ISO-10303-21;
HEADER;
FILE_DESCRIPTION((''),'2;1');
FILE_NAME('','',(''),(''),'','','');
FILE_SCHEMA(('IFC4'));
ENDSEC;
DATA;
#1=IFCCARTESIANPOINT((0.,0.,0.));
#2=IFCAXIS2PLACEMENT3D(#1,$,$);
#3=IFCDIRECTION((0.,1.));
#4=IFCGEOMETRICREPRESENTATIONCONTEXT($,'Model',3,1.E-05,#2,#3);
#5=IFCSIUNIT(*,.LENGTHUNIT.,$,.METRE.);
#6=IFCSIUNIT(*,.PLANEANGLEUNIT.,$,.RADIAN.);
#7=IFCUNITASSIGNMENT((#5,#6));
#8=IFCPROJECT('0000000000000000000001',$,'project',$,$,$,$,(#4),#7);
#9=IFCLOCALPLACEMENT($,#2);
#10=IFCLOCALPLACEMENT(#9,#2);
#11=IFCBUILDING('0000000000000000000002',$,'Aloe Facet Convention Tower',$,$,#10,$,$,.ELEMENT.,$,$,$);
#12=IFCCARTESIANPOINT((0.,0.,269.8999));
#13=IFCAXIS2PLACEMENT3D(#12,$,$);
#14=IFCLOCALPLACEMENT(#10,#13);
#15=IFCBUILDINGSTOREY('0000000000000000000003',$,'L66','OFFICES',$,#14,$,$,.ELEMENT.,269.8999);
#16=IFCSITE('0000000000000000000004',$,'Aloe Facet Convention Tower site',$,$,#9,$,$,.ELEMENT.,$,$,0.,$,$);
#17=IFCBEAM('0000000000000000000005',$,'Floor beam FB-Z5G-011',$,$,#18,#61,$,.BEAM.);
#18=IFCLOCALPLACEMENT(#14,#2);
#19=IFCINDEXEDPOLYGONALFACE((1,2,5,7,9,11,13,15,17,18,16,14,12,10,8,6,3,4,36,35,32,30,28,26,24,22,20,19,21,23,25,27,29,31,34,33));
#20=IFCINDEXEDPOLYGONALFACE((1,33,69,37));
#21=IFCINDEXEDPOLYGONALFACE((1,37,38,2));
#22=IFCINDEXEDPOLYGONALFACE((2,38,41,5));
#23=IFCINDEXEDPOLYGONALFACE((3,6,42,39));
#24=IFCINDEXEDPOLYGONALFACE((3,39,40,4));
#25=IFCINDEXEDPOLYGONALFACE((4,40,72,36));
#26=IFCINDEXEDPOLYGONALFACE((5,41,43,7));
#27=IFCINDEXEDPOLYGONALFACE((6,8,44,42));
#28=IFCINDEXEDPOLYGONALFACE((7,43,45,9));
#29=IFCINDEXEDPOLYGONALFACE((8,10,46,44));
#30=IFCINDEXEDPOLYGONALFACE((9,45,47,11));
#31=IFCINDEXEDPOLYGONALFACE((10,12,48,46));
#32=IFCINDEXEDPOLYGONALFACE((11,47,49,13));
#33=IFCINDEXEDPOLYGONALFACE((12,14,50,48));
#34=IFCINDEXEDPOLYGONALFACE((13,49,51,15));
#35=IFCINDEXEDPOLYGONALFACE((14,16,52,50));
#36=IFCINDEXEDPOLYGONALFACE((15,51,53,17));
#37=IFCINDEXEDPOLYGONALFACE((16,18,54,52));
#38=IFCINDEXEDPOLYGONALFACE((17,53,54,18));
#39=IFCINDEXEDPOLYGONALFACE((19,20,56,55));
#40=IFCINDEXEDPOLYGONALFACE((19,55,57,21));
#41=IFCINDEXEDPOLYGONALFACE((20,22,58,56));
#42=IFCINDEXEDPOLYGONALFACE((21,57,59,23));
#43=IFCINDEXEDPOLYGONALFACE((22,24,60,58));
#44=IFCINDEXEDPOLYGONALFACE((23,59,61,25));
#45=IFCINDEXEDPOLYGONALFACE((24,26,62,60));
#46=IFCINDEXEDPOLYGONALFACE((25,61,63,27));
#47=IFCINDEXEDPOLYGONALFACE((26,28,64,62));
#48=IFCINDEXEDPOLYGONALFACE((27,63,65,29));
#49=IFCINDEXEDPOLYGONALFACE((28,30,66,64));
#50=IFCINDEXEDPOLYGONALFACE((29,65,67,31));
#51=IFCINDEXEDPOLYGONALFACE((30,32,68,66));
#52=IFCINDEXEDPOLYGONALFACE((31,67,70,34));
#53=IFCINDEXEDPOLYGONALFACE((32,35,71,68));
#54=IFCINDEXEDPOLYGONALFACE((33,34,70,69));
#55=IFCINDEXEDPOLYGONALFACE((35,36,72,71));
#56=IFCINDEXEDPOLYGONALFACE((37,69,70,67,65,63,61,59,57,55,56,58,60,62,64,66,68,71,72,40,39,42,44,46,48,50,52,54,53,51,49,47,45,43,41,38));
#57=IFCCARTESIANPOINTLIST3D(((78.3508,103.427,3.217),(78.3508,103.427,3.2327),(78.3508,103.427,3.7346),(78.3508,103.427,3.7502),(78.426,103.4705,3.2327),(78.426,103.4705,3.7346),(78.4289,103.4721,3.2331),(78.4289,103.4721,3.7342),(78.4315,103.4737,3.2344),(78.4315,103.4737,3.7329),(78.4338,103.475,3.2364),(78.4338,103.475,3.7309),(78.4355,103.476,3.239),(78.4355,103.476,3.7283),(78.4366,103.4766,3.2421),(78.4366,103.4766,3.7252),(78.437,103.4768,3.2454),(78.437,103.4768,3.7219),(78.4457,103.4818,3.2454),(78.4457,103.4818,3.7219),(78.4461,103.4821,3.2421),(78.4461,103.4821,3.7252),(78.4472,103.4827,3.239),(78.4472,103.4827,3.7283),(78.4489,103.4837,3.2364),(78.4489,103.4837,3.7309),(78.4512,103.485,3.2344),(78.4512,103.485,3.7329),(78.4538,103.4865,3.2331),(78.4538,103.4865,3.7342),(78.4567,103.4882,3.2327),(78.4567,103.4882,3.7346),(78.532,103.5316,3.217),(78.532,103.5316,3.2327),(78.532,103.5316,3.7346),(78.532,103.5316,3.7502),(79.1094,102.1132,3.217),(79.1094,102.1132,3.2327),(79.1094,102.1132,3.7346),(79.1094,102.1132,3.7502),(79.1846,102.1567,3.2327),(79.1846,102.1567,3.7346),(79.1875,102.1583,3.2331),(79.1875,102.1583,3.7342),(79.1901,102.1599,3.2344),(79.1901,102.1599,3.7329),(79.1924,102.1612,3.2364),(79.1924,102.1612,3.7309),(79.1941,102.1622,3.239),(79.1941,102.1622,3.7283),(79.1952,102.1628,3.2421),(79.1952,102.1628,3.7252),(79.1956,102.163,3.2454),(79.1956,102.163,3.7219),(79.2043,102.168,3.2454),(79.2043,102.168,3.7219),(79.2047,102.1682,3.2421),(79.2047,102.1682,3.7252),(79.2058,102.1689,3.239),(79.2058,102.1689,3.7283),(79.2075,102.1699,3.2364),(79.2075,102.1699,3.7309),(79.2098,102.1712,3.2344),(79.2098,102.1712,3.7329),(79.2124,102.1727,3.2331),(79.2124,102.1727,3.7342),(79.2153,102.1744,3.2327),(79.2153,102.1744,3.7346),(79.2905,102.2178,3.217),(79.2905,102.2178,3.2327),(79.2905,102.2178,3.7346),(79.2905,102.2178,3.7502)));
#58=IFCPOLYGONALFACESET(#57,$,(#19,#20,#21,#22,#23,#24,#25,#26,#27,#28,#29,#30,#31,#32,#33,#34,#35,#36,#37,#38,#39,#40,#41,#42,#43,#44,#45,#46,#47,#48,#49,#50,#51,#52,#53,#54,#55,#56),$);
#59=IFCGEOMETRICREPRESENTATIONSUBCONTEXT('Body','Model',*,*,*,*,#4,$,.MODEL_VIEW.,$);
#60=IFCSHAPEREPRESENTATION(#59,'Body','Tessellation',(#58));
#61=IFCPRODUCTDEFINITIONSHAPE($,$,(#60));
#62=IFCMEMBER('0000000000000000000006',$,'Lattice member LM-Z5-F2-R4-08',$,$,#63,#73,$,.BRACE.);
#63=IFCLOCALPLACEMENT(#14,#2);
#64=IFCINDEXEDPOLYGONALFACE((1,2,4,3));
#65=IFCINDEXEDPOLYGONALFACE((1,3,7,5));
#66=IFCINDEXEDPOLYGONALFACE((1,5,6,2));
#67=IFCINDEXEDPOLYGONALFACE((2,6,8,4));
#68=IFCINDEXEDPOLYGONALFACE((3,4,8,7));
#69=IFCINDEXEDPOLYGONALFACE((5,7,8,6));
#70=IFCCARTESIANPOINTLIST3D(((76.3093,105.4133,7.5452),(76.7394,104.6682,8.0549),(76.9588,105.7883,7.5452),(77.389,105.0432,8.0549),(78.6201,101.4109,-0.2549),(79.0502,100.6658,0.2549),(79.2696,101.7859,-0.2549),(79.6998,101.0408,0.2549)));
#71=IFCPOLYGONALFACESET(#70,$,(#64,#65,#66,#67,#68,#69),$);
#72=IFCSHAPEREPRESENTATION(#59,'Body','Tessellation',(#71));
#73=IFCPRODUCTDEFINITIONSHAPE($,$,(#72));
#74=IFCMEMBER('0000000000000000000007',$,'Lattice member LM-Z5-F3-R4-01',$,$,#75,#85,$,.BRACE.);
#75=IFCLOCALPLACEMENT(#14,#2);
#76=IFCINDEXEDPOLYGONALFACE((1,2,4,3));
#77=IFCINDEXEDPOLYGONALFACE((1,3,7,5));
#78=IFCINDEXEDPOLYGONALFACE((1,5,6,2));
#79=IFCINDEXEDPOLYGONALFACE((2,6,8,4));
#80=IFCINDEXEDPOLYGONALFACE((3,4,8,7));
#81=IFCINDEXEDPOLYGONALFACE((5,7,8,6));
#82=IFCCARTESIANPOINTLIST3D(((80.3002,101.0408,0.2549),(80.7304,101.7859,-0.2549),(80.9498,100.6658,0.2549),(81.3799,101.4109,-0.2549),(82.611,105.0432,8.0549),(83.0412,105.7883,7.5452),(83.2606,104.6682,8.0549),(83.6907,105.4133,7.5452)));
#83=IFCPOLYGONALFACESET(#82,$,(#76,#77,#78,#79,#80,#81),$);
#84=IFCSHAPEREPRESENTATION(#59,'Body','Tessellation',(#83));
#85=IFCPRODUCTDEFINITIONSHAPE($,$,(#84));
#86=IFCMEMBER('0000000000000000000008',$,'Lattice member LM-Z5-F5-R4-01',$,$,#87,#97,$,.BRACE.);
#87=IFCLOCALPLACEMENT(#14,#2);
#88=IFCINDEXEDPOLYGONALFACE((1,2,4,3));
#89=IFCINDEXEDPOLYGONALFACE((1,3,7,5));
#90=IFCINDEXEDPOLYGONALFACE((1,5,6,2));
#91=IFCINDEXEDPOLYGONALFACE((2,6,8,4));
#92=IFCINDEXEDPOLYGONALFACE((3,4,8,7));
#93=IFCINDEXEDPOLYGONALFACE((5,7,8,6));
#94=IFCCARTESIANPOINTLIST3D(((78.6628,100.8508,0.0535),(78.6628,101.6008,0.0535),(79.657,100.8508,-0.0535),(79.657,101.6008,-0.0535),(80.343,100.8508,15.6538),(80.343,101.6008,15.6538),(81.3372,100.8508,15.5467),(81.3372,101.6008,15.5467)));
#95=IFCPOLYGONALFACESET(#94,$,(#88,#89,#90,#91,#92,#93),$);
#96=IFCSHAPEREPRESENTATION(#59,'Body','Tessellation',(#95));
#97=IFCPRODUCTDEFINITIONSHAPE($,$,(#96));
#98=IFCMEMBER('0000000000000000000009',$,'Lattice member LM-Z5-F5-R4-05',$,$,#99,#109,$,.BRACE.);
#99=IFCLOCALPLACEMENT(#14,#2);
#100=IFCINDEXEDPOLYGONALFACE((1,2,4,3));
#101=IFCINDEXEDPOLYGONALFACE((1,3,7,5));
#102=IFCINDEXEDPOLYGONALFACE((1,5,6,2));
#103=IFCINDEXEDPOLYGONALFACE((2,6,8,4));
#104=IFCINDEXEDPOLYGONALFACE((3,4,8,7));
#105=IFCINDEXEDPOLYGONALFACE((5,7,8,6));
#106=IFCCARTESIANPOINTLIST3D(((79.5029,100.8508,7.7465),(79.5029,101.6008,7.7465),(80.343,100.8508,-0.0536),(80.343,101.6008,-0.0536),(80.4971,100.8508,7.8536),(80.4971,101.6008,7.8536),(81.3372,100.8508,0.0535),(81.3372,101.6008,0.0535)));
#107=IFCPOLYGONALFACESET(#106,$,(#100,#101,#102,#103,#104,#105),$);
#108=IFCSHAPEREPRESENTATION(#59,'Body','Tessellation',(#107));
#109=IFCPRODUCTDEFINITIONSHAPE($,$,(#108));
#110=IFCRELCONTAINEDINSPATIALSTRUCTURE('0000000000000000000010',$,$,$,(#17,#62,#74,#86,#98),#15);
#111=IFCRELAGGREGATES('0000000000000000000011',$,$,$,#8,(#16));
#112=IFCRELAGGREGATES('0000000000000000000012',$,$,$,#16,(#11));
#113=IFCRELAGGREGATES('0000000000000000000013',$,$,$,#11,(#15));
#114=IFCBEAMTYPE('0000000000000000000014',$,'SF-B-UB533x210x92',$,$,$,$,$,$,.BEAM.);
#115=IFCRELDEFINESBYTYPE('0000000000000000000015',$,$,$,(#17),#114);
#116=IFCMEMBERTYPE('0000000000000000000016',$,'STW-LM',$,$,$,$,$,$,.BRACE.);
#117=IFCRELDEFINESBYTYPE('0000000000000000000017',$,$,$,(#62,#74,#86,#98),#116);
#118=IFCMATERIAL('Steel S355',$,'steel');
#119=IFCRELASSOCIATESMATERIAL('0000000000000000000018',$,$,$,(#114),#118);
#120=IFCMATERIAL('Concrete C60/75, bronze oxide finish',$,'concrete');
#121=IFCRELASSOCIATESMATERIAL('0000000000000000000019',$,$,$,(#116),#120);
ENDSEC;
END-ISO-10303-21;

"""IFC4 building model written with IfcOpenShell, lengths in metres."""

from ifc_helpers import new_model, si_unit, direction, frame, origin, origin_2d, place, context, subcontext, project, spatial, rectangle, i_section, extrude, material, material_profile, profile_set, type_object, element, save


model = new_model("IFC4")

# Units and contexts
model_context = context("Model", 3, precision=1e-05, world=origin(), true_north=direction((0.0, 1.0)))
body_context = subcontext(model_context, "Body", "Model", "MODEL_VIEW")
ifc_project = project(units=[si_unit("LENGTHUNIT", "METRE"), si_unit("PLANEANGLEUNIT", "RADIAN")], contexts=[model_context])

# Site, building, storey
site_placement = place(None, origin())
site = spatial("IfcSite", under=ifc_project, at=site_placement, Name="Aloe Facet Convention Tower site", CompositionType="ELEMENT", RefElevation=0.0)
building_placement = place(site_placement, origin())
building = spatial("IfcBuilding", under=site, at=building_placement, Name="Aloe Facet Convention Tower", CompositionType="ELEMENT")
storey_placement = place(building_placement, frame((0.0, 0.0, 269.8999)))
storey = spatial("IfcBuildingStorey", under=building, at=storey_placement, Name="L66", Description="OFFICES", CompositionType="ELEMENT", Elevation=269.8999)

# Beam
ifc_material_1 = material(Name="Steel S355", Category="steel")
ifc_material_profile_1 = material_profile(ifc_material_1, i_section(OverallWidth=0.2092, OverallDepth=0.5332, WebThickness=0.01, FlangeThickness=0.0156, FilletRadius=0.0127, at=origin_2d()), Name="UB 533x210x92")
ifc_profile_set_1 = profile_set([ifc_material_profile_1], Name="Steel S355")
beam_type = type_object("IfcBeamType", Name="SF-B-UB533x210x92", PredefinedType="BEAM", material=ifc_profile_set_1)
beam_placement = place(storey_placement, frame((79.2, 102.1655, 3.4836), z_axis=(-0.500034, 0.866006, 0.0), x_axis=(-0.866006, -0.500034, 0.0)))
element("IfcBeam", 1, at=beam_placement, inside=storey, type_object=beam_type, Name="Floor beam FB-Z5G-011", PredefinedType="BEAM", context=body_context, shape_type="SweptSolid", body=[
    extrude(i_section(OverallWidth=0.2092, OverallDepth=0.5332, WebThickness=0.01, FlangeThickness=0.0156, FilletRadius=0.0127, at=origin_2d()), origin(), (0.0, 0.0, 1.0), 1.5171),
])

# Members
ifc_material_2 = material(Name="Concrete C60/75, bronze oxide finish", Category="concrete")
ifc_material_profile_2 = material_profile(ifc_material_2, rectangle(XDim=0.75, YDim=1.0, at=origin_2d()), Name="STW-LM")
ifc_profile_set_2 = profile_set([ifc_material_profile_2], Name="Concrete C60/75, bronze oxide finish")
member_type = type_object("IfcMemberType", Name="STW-LM", PredefinedType="BRACE", material=ifc_profile_set_2)
for number, where, z_axis, x_axis, name in (
    (2, (79.1599, 101.2258, 0.0), (-0.254873, 0.441458, 0.860322), (-0.866027, -0.499997, 0.0), "Lattice member LM-Z5-F2-R4-08"),
    (3, (80.8401, 101.2258, 0.0), (0.254873, 0.441458, 0.860322), (-0.866027, 0.499997, 0.0), "Lattice member LM-Z5-F3-R4-01"),
):
    element("IfcMember", number, at=place(storey_placement, frame(where, z_axis=z_axis, x_axis=x_axis)), inside=storey, type_object=member_type, Name=name, PredefinedType="BRACE", context=body_context, shape_type="SweptSolid", body=[
        extrude(rectangle(XDim=0.75, YDim=1.0, at=origin_2d()), origin(), (0.0, 0.0, 1.0), 9.0664),
    ])
member_1_placement = place(storey_placement, frame((79.1599, 101.2258, 0.0), z_axis=(0.107084, 0.0, 0.99425), x_axis=(0.0, 1.0, 0.0)))
element("IfcMember", 4, at=member_1_placement, inside=storey, type_object=member_type, Name="Lattice member LM-Z5-F5-R4-01", PredefinedType="BRACE", context=body_context, shape_type="SweptSolid", body=[
    extrude(rectangle(XDim=0.75, YDim=1.0, at=origin_2d()), origin(), (0.0, 0.0, 1.0), 15.6904),
])
member_2_placement = place(storey_placement, frame((80.0, 101.2258, 7.8), z_axis=(0.107084, 0.0, -0.99425), x_axis=(0.0, 1.0, 0.0)))
element("IfcMember", 5, at=member_2_placement, inside=storey, type_object=member_type, Name="Lattice member LM-Z5-F5-R4-05", PredefinedType="BRACE", context=body_context, shape_type="SweptSolid", body=[
    extrude(rectangle(XDim=0.75, YDim=1.0, at=origin_2d()), origin(), (0.0, 0.0, 1.0), 7.8452),
])

save(model, "model.ifc")
